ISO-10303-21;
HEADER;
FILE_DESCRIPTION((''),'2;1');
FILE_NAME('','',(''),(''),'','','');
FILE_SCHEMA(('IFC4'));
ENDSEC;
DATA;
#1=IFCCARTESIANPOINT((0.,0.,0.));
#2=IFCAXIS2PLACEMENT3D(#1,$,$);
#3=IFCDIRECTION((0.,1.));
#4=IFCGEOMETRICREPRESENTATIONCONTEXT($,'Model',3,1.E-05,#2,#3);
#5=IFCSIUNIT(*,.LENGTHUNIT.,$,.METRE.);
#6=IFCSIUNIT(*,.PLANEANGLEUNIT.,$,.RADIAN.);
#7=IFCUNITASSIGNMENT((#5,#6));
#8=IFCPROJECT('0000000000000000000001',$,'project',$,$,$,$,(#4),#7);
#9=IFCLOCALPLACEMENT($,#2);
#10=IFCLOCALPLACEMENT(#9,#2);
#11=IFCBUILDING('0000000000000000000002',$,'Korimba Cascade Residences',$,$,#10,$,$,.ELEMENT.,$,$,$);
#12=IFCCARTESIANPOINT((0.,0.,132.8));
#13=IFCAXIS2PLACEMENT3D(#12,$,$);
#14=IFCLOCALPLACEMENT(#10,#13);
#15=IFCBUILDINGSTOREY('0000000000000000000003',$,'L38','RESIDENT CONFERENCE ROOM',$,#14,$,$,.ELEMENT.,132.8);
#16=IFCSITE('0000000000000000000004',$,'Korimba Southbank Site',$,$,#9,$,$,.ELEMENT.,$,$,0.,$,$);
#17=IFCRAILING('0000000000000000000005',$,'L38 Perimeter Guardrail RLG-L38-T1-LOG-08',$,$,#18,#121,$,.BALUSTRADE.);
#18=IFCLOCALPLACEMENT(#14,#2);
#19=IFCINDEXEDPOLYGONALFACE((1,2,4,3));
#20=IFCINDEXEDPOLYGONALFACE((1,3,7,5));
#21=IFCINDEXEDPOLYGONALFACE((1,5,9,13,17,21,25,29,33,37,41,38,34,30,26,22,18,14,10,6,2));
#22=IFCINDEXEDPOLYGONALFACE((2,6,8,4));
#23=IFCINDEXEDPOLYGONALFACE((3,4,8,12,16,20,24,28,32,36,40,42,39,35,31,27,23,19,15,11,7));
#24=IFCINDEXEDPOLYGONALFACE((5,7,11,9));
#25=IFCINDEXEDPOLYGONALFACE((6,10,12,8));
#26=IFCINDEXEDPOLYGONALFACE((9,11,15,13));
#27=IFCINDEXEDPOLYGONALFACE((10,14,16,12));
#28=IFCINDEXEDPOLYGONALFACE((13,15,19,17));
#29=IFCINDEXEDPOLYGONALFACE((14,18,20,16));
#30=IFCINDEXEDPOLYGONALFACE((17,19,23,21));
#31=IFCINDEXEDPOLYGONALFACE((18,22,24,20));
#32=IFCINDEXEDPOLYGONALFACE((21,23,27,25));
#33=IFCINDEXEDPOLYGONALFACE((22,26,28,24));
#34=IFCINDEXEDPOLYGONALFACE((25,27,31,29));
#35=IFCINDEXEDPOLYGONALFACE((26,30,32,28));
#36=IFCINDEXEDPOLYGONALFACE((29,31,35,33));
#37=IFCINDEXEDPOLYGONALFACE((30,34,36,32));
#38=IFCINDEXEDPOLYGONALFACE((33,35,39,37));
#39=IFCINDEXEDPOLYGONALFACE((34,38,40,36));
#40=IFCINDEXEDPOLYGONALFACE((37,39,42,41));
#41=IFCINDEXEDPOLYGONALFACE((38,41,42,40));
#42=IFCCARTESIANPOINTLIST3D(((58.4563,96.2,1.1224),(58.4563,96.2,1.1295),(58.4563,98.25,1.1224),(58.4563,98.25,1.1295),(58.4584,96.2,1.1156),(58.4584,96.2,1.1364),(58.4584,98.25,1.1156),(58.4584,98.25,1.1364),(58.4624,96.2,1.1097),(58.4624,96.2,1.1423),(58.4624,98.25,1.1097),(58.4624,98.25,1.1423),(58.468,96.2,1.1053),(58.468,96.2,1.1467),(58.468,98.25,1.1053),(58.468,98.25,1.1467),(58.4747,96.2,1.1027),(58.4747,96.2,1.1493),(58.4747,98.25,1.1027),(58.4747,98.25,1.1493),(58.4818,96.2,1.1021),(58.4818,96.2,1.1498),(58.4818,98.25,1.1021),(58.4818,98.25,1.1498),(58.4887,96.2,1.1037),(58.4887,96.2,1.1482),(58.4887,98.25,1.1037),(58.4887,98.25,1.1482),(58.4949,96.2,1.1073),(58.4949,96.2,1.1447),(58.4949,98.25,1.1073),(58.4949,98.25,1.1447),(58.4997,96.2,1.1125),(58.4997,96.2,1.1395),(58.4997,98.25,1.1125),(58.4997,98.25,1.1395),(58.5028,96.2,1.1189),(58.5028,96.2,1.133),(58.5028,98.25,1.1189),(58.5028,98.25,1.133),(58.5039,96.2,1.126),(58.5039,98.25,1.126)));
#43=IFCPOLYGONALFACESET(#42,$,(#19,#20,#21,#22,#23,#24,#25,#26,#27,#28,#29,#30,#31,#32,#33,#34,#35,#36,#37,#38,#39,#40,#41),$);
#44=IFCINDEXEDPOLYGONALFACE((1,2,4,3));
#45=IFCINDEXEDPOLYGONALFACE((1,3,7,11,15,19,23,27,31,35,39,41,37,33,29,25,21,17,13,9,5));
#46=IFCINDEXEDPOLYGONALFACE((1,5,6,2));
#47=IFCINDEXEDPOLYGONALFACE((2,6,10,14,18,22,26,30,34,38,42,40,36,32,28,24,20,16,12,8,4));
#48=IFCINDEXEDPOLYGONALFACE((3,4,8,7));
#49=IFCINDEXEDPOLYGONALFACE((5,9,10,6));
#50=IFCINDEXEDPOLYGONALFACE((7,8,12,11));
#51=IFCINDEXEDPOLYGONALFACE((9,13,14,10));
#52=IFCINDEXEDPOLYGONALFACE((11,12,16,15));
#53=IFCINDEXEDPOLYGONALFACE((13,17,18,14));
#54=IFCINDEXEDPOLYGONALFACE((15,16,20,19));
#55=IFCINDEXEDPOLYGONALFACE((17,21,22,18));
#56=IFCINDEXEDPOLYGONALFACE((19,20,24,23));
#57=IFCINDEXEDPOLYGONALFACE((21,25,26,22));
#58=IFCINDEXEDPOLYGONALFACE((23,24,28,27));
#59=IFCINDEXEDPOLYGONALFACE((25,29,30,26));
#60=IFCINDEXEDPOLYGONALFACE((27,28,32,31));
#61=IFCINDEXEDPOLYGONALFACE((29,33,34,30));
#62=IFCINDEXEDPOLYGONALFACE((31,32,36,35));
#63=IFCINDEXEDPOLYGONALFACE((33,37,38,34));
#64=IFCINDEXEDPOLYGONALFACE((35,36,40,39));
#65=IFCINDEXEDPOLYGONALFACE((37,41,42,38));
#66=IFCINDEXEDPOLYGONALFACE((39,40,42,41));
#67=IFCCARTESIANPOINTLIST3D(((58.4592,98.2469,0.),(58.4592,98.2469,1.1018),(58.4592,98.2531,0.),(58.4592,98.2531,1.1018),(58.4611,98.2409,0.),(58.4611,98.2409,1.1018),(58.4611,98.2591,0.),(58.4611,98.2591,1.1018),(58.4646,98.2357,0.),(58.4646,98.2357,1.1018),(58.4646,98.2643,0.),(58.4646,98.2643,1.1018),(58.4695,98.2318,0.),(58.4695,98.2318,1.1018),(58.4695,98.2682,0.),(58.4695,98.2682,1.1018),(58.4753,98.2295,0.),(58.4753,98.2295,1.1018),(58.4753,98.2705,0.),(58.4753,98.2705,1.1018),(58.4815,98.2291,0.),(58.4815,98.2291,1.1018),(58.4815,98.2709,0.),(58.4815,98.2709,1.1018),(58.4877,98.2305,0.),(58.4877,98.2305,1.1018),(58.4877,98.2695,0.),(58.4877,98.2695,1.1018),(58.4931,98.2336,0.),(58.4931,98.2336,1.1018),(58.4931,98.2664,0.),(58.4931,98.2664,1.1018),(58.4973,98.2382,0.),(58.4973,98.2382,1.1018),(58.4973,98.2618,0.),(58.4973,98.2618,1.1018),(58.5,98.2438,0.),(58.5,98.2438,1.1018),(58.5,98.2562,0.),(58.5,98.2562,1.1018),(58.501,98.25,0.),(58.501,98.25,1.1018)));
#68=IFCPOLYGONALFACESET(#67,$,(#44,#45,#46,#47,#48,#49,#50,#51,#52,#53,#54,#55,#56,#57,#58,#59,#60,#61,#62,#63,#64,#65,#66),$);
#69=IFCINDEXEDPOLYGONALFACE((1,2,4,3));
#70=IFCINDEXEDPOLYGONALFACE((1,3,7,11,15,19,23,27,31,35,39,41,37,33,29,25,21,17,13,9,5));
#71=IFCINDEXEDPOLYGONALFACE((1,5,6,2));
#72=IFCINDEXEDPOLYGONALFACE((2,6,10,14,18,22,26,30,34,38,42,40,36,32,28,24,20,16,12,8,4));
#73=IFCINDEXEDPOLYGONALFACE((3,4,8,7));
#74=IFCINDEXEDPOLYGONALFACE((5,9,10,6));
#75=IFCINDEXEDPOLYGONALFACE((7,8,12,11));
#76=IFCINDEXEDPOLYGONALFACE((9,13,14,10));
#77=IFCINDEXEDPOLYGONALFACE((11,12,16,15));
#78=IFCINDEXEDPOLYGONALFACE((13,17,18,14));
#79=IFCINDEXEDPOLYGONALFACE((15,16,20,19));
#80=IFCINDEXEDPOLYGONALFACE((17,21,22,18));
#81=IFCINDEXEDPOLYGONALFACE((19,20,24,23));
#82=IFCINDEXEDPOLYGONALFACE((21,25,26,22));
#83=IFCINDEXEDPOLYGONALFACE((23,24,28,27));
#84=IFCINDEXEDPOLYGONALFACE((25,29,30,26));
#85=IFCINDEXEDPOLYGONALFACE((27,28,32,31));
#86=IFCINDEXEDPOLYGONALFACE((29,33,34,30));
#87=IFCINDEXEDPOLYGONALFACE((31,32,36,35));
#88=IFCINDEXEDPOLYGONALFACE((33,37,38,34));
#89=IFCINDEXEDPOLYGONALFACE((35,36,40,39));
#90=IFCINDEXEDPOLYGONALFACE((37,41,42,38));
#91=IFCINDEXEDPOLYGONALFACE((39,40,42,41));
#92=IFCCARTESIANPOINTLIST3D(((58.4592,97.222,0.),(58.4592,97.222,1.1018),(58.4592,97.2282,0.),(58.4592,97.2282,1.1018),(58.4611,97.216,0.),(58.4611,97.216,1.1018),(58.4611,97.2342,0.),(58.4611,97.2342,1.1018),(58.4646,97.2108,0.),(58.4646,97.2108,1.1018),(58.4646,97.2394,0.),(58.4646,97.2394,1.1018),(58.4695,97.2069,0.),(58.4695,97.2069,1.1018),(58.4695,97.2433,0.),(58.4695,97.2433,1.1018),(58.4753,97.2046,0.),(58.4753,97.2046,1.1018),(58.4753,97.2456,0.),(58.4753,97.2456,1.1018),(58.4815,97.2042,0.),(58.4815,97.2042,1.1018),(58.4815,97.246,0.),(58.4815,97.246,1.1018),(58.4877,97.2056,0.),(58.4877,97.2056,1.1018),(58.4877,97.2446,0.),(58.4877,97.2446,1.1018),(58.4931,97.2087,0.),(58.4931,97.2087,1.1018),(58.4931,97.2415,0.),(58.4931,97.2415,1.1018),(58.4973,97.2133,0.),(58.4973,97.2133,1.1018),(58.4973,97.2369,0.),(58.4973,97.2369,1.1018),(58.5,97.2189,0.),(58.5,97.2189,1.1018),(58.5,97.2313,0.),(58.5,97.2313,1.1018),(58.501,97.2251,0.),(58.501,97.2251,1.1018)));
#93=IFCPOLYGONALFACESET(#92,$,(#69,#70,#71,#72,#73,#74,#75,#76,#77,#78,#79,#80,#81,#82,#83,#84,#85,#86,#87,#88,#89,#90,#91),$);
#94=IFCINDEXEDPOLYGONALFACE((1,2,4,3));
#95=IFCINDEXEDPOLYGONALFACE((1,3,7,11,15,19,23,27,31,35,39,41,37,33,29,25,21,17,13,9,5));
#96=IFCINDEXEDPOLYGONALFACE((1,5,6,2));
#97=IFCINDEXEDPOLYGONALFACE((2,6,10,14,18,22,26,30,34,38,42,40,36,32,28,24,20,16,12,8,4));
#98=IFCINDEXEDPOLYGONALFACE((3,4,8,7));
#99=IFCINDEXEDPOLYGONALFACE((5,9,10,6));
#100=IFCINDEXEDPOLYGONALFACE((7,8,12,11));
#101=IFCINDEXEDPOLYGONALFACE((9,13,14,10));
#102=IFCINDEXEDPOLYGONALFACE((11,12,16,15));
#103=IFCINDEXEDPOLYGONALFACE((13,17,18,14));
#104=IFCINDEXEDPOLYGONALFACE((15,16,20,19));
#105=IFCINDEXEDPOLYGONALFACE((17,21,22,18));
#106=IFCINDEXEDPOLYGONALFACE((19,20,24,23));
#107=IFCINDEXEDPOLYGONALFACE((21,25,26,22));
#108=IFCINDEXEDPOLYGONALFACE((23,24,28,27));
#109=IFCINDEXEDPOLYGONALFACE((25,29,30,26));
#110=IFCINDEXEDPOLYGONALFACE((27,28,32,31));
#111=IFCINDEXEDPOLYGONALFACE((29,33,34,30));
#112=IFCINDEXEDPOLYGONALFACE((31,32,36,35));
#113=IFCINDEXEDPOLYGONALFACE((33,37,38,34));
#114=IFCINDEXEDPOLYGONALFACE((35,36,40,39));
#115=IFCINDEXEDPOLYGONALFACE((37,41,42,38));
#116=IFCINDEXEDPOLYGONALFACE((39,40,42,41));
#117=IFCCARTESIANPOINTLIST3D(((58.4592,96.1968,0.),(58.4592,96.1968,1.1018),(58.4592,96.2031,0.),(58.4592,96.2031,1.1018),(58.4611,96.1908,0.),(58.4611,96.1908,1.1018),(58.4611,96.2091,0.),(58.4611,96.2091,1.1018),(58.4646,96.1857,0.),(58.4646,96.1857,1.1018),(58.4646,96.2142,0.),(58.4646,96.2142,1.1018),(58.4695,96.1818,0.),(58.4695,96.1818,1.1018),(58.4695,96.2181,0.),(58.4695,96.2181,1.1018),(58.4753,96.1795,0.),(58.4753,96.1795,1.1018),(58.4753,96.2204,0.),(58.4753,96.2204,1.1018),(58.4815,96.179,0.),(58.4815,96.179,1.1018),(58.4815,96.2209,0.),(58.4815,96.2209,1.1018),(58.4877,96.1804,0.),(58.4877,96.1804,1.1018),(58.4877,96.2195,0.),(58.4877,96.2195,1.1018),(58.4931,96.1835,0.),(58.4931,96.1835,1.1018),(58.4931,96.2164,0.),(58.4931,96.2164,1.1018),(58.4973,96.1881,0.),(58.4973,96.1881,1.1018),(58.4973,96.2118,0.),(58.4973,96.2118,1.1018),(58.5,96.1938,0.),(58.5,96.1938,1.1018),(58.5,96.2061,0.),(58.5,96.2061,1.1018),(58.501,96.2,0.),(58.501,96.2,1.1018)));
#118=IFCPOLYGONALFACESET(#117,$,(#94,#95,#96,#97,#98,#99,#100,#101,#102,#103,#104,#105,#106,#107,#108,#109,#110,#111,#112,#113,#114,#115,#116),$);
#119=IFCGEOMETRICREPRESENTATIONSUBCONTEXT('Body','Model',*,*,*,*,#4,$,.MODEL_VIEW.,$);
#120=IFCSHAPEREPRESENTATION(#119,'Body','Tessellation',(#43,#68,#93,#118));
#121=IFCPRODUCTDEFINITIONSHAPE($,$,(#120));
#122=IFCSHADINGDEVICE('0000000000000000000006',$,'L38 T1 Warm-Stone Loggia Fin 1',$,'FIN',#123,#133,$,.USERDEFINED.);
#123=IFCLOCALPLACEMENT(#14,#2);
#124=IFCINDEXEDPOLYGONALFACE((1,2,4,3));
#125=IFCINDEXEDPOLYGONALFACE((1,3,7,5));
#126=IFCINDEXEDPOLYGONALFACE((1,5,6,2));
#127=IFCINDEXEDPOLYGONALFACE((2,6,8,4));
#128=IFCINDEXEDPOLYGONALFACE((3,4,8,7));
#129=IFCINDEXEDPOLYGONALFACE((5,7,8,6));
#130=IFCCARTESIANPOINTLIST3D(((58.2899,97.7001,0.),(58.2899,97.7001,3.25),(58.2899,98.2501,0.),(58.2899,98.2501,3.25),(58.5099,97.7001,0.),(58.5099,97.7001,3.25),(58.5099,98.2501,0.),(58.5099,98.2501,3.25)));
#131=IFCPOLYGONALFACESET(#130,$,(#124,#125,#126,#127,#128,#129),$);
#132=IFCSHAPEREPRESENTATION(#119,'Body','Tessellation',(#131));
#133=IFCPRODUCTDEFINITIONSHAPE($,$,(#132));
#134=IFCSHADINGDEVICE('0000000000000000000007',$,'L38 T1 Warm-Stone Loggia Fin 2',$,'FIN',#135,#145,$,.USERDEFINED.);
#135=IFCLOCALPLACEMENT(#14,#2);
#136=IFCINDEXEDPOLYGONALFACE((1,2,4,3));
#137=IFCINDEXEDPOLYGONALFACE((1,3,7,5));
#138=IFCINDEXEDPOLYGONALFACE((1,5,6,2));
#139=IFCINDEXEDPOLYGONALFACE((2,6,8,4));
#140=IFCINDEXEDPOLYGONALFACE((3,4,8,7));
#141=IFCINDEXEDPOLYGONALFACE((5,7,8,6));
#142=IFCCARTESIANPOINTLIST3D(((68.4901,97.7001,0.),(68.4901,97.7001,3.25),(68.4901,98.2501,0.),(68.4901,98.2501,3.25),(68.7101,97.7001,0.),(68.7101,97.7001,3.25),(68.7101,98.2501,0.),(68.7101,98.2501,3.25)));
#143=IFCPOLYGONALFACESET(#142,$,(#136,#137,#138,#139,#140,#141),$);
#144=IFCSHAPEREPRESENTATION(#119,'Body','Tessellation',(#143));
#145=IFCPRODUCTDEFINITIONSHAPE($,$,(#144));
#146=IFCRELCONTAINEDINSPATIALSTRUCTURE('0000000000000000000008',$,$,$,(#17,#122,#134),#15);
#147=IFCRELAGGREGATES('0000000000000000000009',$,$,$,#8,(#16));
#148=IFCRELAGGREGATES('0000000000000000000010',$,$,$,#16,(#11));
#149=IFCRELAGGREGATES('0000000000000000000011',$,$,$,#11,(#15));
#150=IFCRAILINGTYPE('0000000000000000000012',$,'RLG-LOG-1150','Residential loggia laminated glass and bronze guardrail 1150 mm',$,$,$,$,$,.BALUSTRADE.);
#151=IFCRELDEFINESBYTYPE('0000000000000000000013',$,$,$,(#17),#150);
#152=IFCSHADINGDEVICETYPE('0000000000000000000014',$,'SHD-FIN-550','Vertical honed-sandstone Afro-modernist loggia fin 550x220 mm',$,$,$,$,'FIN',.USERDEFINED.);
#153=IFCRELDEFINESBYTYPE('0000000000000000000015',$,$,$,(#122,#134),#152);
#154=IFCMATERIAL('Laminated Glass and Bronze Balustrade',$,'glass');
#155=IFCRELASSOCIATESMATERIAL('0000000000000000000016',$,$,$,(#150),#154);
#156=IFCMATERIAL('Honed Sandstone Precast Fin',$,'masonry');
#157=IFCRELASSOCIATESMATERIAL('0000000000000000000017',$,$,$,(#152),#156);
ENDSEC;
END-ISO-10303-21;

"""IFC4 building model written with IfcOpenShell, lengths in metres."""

from ifc_helpers import new_model, si_unit, direction, frame, origin, origin_2d, place, context, subcontext, project, spatial, rectangle, circle, extrude, material, type_object, element, save


model = new_model("IFC4")

# Units and contexts
model_context = context("Model", 3, precision=1e-05, world=origin(), true_north=direction((0.0, 1.0)))
body_context = subcontext(model_context, "Body", "Model", "MODEL_VIEW")
ifc_project = project(units=[si_unit("LENGTHUNIT", "METRE"), si_unit("PLANEANGLEUNIT", "RADIAN")], contexts=[model_context])

# Site, building, storey
site_placement = place(None, origin())
site = spatial("IfcSite", under=ifc_project, at=site_placement, Name="Korimba Southbank Site", CompositionType="ELEMENT", RefElevation=0.0)
building_placement = place(site_placement, origin())
building = spatial("IfcBuilding", under=site, at=building_placement, Name="Korimba Cascade Residences", CompositionType="ELEMENT")
storey_placement = place(building_placement, frame((0.0, 0.0, 132.8)))
storey = spatial("IfcBuildingStorey", under=building, at=storey_placement, Name="L38", Description="RESIDENT CONFERENCE ROOM", CompositionType="ELEMENT", Elevation=132.8)

# Railing
ifc_material_1 = material(Name="Laminated Glass and Bronze Balustrade", Category="glass")
railing_type = type_object("IfcRailingType", Name="RLG-LOG-1150", Description="Residential loggia laminated glass and bronze guardrail 1150 mm", PredefinedType="BALUSTRADE", material=ifc_material_1)
railing_1_placement = place(storey_placement, frame((58.48, 98.25, 0.0)))
element("IfcRailing", 1, at=railing_1_placement, inside=storey, type_object=railing_type, Name="L38 Perimeter Guardrail RLG-L38-T1-LOG-08", PredefinedType="BALUSTRADE", context=body_context, shape_type="SweptSolid", body=[
    extrude(circle(Radius=0.0239, at=origin_2d()), frame((0.0, 0.0, 1.126), z_axis=(0.0, -1.0, 0.0), x_axis=(1.0, 0.0, 0.0)), (0.0, 0.0, 1.0), 2.05),
    extrude(circle(Radius=0.021, at=origin_2d()), origin(), (0.0, 0.0, 1.0), 1.1018),
    extrude(circle(Radius=0.021, at=origin_2d()), frame((0.0, -1.0249, 0.0)), (0.0, 0.0, 1.0), 1.1018),
    extrude(circle(Radius=0.021, at=origin_2d()), frame((0.0, -2.05, 0.0)), (0.0, 0.0, 1.0), 1.1018),
])

# Shading devices
ifc_material_2 = material(Name="Honed Sandstone Precast Fin", Category="masonry")
shading_device_type = type_object("IfcShadingDeviceType", Name="SHD-FIN-550", Description="Vertical honed-sandstone Afro-modernist loggia fin 550x220 mm", ElementType="FIN", PredefinedType="USERDEFINED", material=ifc_material_2)
for number, where, z_axis, x_axis, name in (
    (2, (58.3999, 97.9751, 0.0), (0.0, 0.0, 1.0), (1.0, 0.0, 0.0), "L38 T1 Warm-Stone Loggia Fin 1"),
    (3, (68.6001, 97.9751, 0.0), (0.0, 0.0, 1.0), (1.0, 0.0, 0.0), "L38 T1 Warm-Stone Loggia Fin 2"),
):
    element("IfcShadingDevice", number, at=place(storey_placement, frame(where, z_axis=z_axis, x_axis=x_axis)), inside=storey, type_object=shading_device_type, Name=name, ObjectType="FIN", PredefinedType="USERDEFINED", context=body_context, shape_type="SweptSolid", body=[
        extrude(rectangle(XDim=0.22, YDim=0.55, at=origin_2d()), origin(), (0.0, 0.0, 1.0), 3.25),
    ])

save(model, "model.ifc")
